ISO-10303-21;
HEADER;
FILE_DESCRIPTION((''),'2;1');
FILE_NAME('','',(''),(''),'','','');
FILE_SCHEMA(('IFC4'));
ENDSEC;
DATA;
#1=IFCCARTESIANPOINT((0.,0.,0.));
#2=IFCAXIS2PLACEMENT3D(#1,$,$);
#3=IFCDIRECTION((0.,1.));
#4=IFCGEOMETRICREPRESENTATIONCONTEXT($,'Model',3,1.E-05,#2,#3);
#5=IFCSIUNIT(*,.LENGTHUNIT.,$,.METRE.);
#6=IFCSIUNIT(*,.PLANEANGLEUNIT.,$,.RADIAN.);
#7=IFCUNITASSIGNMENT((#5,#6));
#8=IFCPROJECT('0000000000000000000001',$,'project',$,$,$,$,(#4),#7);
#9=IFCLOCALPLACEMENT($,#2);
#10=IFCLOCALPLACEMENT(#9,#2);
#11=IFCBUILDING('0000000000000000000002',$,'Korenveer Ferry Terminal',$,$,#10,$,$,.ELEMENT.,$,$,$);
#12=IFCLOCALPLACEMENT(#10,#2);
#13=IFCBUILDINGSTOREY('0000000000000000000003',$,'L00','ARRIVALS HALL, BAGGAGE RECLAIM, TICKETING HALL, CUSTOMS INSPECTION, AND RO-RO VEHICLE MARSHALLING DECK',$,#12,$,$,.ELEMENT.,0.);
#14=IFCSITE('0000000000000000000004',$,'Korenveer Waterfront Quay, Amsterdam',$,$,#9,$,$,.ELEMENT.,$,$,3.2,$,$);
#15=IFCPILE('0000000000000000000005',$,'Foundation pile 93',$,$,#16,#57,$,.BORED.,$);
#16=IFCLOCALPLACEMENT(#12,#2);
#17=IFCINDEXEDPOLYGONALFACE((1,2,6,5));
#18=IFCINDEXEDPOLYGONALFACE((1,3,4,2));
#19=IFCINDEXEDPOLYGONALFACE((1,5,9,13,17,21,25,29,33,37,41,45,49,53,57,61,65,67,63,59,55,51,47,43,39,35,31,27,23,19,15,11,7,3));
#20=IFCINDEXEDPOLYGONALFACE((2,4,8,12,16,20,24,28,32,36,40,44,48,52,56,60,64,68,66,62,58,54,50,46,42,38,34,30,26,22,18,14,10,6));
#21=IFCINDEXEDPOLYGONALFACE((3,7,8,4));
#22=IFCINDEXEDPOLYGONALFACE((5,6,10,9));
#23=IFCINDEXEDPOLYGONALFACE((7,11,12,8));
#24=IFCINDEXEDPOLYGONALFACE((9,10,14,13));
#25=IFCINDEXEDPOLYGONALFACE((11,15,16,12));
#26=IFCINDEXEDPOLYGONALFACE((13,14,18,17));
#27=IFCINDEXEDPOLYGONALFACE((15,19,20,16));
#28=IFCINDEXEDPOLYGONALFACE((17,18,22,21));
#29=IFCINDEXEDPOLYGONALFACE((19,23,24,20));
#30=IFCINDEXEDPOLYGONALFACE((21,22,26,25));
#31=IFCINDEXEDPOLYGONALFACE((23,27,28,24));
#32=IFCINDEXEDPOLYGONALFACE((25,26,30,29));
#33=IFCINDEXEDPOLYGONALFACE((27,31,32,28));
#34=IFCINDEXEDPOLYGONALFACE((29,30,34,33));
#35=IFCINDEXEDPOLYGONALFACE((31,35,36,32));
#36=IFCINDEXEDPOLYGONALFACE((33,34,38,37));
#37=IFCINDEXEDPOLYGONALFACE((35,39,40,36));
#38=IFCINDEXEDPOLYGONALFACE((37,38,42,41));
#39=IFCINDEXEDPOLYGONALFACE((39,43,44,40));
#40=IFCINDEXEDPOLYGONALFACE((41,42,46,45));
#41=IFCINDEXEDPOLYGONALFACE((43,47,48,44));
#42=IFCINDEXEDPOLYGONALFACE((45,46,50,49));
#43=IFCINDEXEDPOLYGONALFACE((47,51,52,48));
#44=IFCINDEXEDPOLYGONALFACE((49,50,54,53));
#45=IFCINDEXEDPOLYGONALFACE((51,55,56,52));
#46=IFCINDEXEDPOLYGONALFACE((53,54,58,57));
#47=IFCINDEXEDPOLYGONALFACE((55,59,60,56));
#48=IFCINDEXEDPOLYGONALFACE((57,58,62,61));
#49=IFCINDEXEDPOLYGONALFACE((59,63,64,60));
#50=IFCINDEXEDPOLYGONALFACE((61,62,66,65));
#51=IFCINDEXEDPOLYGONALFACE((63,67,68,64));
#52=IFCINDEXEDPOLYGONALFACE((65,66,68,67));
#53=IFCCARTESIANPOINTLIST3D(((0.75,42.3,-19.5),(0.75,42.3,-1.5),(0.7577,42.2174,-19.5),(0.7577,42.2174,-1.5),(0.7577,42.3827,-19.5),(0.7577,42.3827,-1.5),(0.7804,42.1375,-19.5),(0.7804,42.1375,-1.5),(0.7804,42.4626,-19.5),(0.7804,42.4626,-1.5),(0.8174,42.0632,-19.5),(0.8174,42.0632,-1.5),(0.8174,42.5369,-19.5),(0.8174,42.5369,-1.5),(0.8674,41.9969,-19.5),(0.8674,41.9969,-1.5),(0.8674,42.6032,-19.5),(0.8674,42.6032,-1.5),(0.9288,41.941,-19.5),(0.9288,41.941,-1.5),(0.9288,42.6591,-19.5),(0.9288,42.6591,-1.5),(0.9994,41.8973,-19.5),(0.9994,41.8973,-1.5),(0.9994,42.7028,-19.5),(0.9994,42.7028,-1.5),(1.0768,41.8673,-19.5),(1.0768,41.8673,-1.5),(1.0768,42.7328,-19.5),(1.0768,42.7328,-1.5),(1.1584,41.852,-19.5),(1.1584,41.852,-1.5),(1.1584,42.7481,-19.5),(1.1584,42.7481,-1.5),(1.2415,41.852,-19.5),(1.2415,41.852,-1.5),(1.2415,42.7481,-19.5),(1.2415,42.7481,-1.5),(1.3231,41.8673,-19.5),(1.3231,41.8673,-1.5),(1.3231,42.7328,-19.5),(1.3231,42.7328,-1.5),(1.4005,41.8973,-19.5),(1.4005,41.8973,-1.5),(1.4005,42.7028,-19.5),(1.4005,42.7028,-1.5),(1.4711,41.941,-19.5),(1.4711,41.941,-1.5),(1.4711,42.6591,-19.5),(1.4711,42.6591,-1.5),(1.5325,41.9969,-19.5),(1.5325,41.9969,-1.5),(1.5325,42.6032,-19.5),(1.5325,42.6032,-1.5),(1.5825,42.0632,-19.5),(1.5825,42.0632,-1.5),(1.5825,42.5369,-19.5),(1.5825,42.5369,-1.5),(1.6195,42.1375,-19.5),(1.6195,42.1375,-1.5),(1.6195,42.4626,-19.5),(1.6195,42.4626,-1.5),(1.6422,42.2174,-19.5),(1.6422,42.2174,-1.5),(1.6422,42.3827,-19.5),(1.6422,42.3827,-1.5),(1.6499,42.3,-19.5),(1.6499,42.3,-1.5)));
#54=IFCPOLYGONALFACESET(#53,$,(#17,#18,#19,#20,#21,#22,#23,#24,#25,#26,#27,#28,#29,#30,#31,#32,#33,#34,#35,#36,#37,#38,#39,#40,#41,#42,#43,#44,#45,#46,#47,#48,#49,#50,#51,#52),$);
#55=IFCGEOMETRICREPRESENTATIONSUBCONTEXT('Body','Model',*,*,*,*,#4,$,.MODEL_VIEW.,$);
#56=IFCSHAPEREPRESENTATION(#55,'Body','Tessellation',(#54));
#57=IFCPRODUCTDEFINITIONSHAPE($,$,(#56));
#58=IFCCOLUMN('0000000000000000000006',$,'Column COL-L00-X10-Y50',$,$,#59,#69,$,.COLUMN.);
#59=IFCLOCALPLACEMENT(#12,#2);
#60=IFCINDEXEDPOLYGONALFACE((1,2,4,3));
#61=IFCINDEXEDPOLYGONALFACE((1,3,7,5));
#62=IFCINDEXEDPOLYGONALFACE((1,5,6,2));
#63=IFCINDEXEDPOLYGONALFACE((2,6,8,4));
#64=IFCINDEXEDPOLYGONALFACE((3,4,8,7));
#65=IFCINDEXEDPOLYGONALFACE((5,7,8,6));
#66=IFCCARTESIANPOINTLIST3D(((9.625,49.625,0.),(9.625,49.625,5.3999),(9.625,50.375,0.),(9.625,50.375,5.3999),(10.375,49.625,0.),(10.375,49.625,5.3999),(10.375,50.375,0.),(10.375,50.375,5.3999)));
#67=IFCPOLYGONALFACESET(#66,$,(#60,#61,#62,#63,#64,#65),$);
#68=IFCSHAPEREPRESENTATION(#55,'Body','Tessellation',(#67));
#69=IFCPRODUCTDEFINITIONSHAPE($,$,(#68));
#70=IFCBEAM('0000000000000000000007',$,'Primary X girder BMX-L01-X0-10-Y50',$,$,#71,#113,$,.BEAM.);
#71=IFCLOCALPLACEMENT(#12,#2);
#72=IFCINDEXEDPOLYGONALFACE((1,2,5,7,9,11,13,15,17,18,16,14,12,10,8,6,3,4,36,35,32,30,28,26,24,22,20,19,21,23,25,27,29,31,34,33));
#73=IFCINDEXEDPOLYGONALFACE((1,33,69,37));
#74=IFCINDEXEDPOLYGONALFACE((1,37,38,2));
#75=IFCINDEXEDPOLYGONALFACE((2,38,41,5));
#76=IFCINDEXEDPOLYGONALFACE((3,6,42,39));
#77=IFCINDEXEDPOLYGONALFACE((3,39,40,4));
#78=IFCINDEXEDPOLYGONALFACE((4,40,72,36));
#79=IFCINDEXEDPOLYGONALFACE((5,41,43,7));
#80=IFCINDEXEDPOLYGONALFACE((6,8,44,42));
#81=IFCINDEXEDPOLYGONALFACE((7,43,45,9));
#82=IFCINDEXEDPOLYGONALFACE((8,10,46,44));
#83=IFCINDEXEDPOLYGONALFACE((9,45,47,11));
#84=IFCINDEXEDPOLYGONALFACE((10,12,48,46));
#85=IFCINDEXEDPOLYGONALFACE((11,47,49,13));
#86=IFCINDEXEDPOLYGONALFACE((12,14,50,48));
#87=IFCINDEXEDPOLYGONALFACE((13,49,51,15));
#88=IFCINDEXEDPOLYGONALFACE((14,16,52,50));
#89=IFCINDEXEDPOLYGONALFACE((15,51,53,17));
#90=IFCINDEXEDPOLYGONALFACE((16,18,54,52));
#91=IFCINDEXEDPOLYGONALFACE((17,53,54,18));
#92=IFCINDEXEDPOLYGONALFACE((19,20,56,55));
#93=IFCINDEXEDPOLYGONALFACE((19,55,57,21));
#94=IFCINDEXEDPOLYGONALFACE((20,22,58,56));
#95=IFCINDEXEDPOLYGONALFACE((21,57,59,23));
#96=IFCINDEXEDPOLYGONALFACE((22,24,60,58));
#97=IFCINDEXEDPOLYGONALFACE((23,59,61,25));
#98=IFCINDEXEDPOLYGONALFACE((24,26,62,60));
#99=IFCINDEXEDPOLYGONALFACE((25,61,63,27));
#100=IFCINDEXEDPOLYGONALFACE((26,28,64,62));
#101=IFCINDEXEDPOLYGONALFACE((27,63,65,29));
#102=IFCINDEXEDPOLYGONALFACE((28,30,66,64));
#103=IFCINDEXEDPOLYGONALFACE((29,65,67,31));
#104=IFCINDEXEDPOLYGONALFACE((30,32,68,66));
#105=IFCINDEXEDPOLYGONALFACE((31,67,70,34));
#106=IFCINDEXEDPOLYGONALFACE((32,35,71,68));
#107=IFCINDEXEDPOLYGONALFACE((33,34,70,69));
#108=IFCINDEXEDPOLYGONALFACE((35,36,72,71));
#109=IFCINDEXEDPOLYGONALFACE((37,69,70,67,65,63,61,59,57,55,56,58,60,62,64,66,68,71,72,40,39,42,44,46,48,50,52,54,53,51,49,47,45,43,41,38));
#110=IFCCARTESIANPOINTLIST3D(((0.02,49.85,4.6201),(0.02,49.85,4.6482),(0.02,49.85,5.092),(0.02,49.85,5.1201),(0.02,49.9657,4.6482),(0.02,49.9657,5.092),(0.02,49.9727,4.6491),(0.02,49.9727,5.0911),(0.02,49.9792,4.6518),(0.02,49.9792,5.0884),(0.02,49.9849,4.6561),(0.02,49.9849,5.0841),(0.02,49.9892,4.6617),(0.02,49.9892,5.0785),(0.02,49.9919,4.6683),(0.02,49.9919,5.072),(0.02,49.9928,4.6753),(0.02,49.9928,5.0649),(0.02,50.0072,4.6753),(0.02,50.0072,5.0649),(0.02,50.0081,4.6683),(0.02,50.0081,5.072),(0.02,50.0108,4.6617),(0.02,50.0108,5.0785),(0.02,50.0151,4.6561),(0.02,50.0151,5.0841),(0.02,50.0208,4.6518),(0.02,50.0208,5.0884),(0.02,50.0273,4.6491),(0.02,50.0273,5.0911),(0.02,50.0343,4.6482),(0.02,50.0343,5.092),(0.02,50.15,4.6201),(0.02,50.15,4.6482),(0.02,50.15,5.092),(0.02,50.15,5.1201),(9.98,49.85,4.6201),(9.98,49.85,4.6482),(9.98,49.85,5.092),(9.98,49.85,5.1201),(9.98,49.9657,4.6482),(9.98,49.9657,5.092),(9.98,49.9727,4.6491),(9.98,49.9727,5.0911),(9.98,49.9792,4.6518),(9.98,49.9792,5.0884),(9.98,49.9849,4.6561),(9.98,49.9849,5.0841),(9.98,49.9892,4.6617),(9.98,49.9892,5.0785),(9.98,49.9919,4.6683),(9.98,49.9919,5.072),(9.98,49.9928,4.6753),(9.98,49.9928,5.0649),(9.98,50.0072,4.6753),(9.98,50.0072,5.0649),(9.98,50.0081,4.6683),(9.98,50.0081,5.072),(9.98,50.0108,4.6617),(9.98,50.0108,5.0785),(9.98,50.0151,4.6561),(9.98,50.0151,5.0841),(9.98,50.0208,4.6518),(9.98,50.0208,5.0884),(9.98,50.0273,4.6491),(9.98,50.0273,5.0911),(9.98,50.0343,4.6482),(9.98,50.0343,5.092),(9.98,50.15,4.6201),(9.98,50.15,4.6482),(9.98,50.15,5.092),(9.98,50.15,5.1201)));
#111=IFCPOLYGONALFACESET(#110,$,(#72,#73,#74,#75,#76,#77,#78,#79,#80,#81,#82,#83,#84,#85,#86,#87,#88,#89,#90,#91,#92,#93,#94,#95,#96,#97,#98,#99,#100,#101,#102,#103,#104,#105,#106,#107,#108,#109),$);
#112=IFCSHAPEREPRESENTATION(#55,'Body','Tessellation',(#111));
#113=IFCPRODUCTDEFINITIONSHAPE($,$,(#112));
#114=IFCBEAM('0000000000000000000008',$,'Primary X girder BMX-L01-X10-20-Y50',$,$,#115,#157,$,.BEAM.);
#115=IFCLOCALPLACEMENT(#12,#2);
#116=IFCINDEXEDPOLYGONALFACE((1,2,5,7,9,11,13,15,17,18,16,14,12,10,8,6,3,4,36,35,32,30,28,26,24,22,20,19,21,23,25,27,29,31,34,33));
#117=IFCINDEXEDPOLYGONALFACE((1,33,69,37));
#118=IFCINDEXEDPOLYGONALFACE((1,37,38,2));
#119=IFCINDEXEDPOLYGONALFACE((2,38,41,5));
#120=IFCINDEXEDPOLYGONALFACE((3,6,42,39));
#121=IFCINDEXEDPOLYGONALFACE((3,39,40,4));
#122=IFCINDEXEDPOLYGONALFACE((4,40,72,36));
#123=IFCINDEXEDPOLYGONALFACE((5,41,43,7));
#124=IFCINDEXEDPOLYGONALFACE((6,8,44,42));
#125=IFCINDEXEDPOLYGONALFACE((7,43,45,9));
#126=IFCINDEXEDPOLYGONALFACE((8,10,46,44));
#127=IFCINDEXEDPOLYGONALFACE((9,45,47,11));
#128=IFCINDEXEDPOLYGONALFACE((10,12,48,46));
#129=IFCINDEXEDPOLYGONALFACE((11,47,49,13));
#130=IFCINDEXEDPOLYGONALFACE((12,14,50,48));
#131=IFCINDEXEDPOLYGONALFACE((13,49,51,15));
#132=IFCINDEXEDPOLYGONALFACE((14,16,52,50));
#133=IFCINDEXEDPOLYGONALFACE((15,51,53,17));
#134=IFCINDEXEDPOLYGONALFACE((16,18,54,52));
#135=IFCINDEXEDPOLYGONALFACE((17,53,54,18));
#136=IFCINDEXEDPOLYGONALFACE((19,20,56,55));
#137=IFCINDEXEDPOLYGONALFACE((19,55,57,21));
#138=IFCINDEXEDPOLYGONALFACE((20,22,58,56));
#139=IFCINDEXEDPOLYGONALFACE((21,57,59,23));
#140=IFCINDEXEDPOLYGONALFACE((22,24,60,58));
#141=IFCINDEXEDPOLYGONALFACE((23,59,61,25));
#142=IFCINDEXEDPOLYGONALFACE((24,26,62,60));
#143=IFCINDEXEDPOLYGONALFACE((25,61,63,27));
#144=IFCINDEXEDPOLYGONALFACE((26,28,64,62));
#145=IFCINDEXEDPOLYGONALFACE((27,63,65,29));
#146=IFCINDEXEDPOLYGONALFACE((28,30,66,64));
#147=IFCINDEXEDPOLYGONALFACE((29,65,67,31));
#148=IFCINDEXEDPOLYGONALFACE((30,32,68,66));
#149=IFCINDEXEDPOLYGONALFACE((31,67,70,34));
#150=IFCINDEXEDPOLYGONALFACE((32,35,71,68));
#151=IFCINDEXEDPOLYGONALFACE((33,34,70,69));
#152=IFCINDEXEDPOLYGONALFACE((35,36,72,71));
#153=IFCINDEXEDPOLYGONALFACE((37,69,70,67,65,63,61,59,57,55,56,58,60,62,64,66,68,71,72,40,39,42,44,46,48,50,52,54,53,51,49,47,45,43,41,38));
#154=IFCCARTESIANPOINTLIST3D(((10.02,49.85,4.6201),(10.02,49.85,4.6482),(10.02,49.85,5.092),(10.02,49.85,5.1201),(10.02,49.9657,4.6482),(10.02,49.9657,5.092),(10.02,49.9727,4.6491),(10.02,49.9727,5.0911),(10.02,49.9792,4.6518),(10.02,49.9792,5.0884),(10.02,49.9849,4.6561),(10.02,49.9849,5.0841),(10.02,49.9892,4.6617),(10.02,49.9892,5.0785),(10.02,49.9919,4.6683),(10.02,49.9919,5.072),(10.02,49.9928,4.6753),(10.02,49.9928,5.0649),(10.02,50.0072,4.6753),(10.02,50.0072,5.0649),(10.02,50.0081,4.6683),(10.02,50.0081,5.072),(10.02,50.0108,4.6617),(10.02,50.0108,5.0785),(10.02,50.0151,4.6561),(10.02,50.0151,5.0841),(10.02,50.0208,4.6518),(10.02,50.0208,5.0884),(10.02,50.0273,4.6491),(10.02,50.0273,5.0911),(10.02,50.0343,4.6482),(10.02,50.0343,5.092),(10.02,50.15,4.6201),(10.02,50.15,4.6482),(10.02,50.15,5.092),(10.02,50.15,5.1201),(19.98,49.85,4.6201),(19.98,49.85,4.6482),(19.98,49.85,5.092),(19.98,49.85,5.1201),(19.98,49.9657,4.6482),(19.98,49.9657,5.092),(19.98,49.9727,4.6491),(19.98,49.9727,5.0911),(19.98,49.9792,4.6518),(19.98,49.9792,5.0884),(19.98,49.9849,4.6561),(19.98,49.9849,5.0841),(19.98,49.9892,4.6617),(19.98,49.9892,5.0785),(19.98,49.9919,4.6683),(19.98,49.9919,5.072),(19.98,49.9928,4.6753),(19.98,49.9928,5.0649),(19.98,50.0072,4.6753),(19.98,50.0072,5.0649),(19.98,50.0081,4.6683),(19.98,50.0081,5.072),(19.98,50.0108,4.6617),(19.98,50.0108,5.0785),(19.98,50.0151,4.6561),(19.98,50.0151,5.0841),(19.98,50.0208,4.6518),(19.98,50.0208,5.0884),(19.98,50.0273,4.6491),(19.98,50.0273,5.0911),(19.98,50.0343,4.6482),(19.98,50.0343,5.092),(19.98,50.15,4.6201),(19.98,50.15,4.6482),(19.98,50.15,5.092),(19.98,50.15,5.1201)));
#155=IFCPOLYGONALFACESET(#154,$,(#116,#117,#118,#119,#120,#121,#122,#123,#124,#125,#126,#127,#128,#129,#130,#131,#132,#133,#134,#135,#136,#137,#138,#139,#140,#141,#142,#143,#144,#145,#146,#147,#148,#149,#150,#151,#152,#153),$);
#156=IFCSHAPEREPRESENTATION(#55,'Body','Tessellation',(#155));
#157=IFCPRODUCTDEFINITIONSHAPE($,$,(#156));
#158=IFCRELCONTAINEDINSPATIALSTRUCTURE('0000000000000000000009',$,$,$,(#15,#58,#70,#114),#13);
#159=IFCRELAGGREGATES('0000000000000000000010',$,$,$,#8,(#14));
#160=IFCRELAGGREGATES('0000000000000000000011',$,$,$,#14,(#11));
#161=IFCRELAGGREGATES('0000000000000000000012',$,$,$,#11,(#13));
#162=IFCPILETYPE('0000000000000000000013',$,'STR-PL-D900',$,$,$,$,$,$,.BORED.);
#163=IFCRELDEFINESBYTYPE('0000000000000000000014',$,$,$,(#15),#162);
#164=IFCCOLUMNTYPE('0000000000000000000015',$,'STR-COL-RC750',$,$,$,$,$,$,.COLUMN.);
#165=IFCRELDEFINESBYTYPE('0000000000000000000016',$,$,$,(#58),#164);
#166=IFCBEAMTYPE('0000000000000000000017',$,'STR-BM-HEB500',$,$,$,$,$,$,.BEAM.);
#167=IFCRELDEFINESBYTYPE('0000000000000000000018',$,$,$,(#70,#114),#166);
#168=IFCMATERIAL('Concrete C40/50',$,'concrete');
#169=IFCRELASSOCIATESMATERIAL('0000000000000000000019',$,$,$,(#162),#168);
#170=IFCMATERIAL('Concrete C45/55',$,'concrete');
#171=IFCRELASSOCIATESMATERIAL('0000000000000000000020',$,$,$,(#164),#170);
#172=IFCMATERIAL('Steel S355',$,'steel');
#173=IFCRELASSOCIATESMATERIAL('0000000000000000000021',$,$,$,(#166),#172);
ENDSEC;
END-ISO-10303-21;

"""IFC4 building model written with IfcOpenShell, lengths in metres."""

from ifc_helpers import new_model, si_unit, direction, frame, origin, origin_2d, place, context, subcontext, project, spatial, rectangle, circle, i_section, extrude, material, material_profile, profile_set, type_object, element, save


model = new_model("IFC4")

# Units and contexts
model_context = context("Model", 3, precision=1e-05, world=origin(), true_north=direction((0.0, 1.0)))
body_context = subcontext(model_context, "Body", "Model", "MODEL_VIEW")
ifc_project = project(units=[si_unit("LENGTHUNIT", "METRE"), si_unit("PLANEANGLEUNIT", "RADIAN")], contexts=[model_context])

# Site, building, storey
site_placement = place(None, origin())
site = spatial("IfcSite", under=ifc_project, at=site_placement, Name="Korenveer Waterfront Quay, Amsterdam", CompositionType="ELEMENT", RefElevation=3.2)
building_placement = place(site_placement, origin())
building = spatial("IfcBuilding", under=site, at=building_placement, Name="Korenveer Ferry Terminal", CompositionType="ELEMENT")
storey_placement = place(building_placement, origin())
storey = spatial("IfcBuildingStorey", under=building, at=storey_placement, Name="L00", Description="ARRIVALS HALL, BAGGAGE RECLAIM, TICKETING HALL, CUSTOMS INSPECTION, AND RO-RO VEHICLE MARSHALLING DECK", CompositionType="ELEMENT", Elevation=0.0)

# Shared definitions
ifc_material_1 = material(Name="Concrete C40/50", Category="concrete")

# Pile
ifc_material_profile_1 = material_profile(ifc_material_1, circle(Radius=0.45, at=origin_2d()), Name="PILE D900")
ifc_profile_set_1 = profile_set([ifc_material_profile_1], Name="Concrete C40/50")
pile_type_1 = type_object("IfcPileType", Name="STR-PL-D900", PredefinedType="BORED", material=ifc_profile_set_1)
pile_placement = place(storey_placement, frame((1.2, 42.3, -1.5), z_axis=(0.0, 0.0, -1.0), x_axis=(1.0, 0.0, 0.0)))
element("IfcPile", 1, at=pile_placement, inside=storey, type_object=pile_type_1, Name="Foundation pile 93", PredefinedType="BORED", context=body_context, shape_type="SweptSolid", body=[
    extrude(circle(Radius=0.45, at=origin_2d()), origin(), (0.0, 0.0, 1.0), 18.0),
])

# Column
ifc_material_2 = material(Name="Concrete C45/55", Category="concrete")
ifc_material_profile_2 = material_profile(ifc_material_2, rectangle(XDim=0.75, YDim=0.75, at=origin_2d()), Name="RC 750x750")
ifc_profile_set_2 = profile_set([ifc_material_profile_2], Name="Concrete C45/55")
column_type = type_object("IfcColumnType", Name="STR-COL-RC750", PredefinedType="COLUMN", material=ifc_profile_set_2)
column_placement = place(storey_placement, frame((10.0, 50.0, 0.0), z_axis=(0.0, 0.0, 1.0), x_axis=(1.0, 0.0, 0.0)))
element("IfcColumn", 2, at=column_placement, inside=storey, type_object=column_type, Name="Column COL-L00-X10-Y50", PredefinedType="COLUMN", context=body_context, shape_type="SweptSolid", body=[
    extrude(rectangle(XDim=0.75, YDim=0.75, at=origin_2d()), origin(), (0.0, 0.0, 1.0), 5.3999),
])

# Beams
ifc_material_3 = material(Name="Steel S355", Category="steel")
ifc_material_profile_3 = material_profile(ifc_material_3, i_section(OverallWidth=0.3, OverallDepth=0.5, WebThickness=0.0144, FlangeThickness=0.0281, FilletRadius=0.0271, at=origin_2d()), Name="HEB 500")
ifc_profile_set_3 = profile_set([ifc_material_profile_3], Name="Steel S355")
beam_type_1 = type_object("IfcBeamType", Name="STR-BM-HEB500", PredefinedType="BEAM", material=ifc_profile_set_3)
for number, where, z_axis, x_axis, name in (
    (3, (0.02, 50.0, 4.8701), (1.0, 0.0, 0.0), (0.0, 1.0, 0.0), "Primary X girder BMX-L01-X0-10-Y50"),
    (4, (10.02, 50.0, 4.8701), (1.0, 0.0, 0.0), (0.0, 1.0, 0.0), "Primary X girder BMX-L01-X10-20-Y50"),
):
    element("IfcBeam", number, at=place(storey_placement, frame(where, z_axis=z_axis, x_axis=x_axis)), inside=storey, type_object=beam_type_1, Name=name, PredefinedType="BEAM", context=body_context, shape_type="SweptSolid", body=[
        extrude(i_section(OverallWidth=0.3, OverallDepth=0.5, WebThickness=0.0144, FlangeThickness=0.0281, FilletRadius=0.0271, at=origin_2d()), origin(), (0.0, 0.0, 1.0), 9.96),
    ])

save(model, "model.ifc")
